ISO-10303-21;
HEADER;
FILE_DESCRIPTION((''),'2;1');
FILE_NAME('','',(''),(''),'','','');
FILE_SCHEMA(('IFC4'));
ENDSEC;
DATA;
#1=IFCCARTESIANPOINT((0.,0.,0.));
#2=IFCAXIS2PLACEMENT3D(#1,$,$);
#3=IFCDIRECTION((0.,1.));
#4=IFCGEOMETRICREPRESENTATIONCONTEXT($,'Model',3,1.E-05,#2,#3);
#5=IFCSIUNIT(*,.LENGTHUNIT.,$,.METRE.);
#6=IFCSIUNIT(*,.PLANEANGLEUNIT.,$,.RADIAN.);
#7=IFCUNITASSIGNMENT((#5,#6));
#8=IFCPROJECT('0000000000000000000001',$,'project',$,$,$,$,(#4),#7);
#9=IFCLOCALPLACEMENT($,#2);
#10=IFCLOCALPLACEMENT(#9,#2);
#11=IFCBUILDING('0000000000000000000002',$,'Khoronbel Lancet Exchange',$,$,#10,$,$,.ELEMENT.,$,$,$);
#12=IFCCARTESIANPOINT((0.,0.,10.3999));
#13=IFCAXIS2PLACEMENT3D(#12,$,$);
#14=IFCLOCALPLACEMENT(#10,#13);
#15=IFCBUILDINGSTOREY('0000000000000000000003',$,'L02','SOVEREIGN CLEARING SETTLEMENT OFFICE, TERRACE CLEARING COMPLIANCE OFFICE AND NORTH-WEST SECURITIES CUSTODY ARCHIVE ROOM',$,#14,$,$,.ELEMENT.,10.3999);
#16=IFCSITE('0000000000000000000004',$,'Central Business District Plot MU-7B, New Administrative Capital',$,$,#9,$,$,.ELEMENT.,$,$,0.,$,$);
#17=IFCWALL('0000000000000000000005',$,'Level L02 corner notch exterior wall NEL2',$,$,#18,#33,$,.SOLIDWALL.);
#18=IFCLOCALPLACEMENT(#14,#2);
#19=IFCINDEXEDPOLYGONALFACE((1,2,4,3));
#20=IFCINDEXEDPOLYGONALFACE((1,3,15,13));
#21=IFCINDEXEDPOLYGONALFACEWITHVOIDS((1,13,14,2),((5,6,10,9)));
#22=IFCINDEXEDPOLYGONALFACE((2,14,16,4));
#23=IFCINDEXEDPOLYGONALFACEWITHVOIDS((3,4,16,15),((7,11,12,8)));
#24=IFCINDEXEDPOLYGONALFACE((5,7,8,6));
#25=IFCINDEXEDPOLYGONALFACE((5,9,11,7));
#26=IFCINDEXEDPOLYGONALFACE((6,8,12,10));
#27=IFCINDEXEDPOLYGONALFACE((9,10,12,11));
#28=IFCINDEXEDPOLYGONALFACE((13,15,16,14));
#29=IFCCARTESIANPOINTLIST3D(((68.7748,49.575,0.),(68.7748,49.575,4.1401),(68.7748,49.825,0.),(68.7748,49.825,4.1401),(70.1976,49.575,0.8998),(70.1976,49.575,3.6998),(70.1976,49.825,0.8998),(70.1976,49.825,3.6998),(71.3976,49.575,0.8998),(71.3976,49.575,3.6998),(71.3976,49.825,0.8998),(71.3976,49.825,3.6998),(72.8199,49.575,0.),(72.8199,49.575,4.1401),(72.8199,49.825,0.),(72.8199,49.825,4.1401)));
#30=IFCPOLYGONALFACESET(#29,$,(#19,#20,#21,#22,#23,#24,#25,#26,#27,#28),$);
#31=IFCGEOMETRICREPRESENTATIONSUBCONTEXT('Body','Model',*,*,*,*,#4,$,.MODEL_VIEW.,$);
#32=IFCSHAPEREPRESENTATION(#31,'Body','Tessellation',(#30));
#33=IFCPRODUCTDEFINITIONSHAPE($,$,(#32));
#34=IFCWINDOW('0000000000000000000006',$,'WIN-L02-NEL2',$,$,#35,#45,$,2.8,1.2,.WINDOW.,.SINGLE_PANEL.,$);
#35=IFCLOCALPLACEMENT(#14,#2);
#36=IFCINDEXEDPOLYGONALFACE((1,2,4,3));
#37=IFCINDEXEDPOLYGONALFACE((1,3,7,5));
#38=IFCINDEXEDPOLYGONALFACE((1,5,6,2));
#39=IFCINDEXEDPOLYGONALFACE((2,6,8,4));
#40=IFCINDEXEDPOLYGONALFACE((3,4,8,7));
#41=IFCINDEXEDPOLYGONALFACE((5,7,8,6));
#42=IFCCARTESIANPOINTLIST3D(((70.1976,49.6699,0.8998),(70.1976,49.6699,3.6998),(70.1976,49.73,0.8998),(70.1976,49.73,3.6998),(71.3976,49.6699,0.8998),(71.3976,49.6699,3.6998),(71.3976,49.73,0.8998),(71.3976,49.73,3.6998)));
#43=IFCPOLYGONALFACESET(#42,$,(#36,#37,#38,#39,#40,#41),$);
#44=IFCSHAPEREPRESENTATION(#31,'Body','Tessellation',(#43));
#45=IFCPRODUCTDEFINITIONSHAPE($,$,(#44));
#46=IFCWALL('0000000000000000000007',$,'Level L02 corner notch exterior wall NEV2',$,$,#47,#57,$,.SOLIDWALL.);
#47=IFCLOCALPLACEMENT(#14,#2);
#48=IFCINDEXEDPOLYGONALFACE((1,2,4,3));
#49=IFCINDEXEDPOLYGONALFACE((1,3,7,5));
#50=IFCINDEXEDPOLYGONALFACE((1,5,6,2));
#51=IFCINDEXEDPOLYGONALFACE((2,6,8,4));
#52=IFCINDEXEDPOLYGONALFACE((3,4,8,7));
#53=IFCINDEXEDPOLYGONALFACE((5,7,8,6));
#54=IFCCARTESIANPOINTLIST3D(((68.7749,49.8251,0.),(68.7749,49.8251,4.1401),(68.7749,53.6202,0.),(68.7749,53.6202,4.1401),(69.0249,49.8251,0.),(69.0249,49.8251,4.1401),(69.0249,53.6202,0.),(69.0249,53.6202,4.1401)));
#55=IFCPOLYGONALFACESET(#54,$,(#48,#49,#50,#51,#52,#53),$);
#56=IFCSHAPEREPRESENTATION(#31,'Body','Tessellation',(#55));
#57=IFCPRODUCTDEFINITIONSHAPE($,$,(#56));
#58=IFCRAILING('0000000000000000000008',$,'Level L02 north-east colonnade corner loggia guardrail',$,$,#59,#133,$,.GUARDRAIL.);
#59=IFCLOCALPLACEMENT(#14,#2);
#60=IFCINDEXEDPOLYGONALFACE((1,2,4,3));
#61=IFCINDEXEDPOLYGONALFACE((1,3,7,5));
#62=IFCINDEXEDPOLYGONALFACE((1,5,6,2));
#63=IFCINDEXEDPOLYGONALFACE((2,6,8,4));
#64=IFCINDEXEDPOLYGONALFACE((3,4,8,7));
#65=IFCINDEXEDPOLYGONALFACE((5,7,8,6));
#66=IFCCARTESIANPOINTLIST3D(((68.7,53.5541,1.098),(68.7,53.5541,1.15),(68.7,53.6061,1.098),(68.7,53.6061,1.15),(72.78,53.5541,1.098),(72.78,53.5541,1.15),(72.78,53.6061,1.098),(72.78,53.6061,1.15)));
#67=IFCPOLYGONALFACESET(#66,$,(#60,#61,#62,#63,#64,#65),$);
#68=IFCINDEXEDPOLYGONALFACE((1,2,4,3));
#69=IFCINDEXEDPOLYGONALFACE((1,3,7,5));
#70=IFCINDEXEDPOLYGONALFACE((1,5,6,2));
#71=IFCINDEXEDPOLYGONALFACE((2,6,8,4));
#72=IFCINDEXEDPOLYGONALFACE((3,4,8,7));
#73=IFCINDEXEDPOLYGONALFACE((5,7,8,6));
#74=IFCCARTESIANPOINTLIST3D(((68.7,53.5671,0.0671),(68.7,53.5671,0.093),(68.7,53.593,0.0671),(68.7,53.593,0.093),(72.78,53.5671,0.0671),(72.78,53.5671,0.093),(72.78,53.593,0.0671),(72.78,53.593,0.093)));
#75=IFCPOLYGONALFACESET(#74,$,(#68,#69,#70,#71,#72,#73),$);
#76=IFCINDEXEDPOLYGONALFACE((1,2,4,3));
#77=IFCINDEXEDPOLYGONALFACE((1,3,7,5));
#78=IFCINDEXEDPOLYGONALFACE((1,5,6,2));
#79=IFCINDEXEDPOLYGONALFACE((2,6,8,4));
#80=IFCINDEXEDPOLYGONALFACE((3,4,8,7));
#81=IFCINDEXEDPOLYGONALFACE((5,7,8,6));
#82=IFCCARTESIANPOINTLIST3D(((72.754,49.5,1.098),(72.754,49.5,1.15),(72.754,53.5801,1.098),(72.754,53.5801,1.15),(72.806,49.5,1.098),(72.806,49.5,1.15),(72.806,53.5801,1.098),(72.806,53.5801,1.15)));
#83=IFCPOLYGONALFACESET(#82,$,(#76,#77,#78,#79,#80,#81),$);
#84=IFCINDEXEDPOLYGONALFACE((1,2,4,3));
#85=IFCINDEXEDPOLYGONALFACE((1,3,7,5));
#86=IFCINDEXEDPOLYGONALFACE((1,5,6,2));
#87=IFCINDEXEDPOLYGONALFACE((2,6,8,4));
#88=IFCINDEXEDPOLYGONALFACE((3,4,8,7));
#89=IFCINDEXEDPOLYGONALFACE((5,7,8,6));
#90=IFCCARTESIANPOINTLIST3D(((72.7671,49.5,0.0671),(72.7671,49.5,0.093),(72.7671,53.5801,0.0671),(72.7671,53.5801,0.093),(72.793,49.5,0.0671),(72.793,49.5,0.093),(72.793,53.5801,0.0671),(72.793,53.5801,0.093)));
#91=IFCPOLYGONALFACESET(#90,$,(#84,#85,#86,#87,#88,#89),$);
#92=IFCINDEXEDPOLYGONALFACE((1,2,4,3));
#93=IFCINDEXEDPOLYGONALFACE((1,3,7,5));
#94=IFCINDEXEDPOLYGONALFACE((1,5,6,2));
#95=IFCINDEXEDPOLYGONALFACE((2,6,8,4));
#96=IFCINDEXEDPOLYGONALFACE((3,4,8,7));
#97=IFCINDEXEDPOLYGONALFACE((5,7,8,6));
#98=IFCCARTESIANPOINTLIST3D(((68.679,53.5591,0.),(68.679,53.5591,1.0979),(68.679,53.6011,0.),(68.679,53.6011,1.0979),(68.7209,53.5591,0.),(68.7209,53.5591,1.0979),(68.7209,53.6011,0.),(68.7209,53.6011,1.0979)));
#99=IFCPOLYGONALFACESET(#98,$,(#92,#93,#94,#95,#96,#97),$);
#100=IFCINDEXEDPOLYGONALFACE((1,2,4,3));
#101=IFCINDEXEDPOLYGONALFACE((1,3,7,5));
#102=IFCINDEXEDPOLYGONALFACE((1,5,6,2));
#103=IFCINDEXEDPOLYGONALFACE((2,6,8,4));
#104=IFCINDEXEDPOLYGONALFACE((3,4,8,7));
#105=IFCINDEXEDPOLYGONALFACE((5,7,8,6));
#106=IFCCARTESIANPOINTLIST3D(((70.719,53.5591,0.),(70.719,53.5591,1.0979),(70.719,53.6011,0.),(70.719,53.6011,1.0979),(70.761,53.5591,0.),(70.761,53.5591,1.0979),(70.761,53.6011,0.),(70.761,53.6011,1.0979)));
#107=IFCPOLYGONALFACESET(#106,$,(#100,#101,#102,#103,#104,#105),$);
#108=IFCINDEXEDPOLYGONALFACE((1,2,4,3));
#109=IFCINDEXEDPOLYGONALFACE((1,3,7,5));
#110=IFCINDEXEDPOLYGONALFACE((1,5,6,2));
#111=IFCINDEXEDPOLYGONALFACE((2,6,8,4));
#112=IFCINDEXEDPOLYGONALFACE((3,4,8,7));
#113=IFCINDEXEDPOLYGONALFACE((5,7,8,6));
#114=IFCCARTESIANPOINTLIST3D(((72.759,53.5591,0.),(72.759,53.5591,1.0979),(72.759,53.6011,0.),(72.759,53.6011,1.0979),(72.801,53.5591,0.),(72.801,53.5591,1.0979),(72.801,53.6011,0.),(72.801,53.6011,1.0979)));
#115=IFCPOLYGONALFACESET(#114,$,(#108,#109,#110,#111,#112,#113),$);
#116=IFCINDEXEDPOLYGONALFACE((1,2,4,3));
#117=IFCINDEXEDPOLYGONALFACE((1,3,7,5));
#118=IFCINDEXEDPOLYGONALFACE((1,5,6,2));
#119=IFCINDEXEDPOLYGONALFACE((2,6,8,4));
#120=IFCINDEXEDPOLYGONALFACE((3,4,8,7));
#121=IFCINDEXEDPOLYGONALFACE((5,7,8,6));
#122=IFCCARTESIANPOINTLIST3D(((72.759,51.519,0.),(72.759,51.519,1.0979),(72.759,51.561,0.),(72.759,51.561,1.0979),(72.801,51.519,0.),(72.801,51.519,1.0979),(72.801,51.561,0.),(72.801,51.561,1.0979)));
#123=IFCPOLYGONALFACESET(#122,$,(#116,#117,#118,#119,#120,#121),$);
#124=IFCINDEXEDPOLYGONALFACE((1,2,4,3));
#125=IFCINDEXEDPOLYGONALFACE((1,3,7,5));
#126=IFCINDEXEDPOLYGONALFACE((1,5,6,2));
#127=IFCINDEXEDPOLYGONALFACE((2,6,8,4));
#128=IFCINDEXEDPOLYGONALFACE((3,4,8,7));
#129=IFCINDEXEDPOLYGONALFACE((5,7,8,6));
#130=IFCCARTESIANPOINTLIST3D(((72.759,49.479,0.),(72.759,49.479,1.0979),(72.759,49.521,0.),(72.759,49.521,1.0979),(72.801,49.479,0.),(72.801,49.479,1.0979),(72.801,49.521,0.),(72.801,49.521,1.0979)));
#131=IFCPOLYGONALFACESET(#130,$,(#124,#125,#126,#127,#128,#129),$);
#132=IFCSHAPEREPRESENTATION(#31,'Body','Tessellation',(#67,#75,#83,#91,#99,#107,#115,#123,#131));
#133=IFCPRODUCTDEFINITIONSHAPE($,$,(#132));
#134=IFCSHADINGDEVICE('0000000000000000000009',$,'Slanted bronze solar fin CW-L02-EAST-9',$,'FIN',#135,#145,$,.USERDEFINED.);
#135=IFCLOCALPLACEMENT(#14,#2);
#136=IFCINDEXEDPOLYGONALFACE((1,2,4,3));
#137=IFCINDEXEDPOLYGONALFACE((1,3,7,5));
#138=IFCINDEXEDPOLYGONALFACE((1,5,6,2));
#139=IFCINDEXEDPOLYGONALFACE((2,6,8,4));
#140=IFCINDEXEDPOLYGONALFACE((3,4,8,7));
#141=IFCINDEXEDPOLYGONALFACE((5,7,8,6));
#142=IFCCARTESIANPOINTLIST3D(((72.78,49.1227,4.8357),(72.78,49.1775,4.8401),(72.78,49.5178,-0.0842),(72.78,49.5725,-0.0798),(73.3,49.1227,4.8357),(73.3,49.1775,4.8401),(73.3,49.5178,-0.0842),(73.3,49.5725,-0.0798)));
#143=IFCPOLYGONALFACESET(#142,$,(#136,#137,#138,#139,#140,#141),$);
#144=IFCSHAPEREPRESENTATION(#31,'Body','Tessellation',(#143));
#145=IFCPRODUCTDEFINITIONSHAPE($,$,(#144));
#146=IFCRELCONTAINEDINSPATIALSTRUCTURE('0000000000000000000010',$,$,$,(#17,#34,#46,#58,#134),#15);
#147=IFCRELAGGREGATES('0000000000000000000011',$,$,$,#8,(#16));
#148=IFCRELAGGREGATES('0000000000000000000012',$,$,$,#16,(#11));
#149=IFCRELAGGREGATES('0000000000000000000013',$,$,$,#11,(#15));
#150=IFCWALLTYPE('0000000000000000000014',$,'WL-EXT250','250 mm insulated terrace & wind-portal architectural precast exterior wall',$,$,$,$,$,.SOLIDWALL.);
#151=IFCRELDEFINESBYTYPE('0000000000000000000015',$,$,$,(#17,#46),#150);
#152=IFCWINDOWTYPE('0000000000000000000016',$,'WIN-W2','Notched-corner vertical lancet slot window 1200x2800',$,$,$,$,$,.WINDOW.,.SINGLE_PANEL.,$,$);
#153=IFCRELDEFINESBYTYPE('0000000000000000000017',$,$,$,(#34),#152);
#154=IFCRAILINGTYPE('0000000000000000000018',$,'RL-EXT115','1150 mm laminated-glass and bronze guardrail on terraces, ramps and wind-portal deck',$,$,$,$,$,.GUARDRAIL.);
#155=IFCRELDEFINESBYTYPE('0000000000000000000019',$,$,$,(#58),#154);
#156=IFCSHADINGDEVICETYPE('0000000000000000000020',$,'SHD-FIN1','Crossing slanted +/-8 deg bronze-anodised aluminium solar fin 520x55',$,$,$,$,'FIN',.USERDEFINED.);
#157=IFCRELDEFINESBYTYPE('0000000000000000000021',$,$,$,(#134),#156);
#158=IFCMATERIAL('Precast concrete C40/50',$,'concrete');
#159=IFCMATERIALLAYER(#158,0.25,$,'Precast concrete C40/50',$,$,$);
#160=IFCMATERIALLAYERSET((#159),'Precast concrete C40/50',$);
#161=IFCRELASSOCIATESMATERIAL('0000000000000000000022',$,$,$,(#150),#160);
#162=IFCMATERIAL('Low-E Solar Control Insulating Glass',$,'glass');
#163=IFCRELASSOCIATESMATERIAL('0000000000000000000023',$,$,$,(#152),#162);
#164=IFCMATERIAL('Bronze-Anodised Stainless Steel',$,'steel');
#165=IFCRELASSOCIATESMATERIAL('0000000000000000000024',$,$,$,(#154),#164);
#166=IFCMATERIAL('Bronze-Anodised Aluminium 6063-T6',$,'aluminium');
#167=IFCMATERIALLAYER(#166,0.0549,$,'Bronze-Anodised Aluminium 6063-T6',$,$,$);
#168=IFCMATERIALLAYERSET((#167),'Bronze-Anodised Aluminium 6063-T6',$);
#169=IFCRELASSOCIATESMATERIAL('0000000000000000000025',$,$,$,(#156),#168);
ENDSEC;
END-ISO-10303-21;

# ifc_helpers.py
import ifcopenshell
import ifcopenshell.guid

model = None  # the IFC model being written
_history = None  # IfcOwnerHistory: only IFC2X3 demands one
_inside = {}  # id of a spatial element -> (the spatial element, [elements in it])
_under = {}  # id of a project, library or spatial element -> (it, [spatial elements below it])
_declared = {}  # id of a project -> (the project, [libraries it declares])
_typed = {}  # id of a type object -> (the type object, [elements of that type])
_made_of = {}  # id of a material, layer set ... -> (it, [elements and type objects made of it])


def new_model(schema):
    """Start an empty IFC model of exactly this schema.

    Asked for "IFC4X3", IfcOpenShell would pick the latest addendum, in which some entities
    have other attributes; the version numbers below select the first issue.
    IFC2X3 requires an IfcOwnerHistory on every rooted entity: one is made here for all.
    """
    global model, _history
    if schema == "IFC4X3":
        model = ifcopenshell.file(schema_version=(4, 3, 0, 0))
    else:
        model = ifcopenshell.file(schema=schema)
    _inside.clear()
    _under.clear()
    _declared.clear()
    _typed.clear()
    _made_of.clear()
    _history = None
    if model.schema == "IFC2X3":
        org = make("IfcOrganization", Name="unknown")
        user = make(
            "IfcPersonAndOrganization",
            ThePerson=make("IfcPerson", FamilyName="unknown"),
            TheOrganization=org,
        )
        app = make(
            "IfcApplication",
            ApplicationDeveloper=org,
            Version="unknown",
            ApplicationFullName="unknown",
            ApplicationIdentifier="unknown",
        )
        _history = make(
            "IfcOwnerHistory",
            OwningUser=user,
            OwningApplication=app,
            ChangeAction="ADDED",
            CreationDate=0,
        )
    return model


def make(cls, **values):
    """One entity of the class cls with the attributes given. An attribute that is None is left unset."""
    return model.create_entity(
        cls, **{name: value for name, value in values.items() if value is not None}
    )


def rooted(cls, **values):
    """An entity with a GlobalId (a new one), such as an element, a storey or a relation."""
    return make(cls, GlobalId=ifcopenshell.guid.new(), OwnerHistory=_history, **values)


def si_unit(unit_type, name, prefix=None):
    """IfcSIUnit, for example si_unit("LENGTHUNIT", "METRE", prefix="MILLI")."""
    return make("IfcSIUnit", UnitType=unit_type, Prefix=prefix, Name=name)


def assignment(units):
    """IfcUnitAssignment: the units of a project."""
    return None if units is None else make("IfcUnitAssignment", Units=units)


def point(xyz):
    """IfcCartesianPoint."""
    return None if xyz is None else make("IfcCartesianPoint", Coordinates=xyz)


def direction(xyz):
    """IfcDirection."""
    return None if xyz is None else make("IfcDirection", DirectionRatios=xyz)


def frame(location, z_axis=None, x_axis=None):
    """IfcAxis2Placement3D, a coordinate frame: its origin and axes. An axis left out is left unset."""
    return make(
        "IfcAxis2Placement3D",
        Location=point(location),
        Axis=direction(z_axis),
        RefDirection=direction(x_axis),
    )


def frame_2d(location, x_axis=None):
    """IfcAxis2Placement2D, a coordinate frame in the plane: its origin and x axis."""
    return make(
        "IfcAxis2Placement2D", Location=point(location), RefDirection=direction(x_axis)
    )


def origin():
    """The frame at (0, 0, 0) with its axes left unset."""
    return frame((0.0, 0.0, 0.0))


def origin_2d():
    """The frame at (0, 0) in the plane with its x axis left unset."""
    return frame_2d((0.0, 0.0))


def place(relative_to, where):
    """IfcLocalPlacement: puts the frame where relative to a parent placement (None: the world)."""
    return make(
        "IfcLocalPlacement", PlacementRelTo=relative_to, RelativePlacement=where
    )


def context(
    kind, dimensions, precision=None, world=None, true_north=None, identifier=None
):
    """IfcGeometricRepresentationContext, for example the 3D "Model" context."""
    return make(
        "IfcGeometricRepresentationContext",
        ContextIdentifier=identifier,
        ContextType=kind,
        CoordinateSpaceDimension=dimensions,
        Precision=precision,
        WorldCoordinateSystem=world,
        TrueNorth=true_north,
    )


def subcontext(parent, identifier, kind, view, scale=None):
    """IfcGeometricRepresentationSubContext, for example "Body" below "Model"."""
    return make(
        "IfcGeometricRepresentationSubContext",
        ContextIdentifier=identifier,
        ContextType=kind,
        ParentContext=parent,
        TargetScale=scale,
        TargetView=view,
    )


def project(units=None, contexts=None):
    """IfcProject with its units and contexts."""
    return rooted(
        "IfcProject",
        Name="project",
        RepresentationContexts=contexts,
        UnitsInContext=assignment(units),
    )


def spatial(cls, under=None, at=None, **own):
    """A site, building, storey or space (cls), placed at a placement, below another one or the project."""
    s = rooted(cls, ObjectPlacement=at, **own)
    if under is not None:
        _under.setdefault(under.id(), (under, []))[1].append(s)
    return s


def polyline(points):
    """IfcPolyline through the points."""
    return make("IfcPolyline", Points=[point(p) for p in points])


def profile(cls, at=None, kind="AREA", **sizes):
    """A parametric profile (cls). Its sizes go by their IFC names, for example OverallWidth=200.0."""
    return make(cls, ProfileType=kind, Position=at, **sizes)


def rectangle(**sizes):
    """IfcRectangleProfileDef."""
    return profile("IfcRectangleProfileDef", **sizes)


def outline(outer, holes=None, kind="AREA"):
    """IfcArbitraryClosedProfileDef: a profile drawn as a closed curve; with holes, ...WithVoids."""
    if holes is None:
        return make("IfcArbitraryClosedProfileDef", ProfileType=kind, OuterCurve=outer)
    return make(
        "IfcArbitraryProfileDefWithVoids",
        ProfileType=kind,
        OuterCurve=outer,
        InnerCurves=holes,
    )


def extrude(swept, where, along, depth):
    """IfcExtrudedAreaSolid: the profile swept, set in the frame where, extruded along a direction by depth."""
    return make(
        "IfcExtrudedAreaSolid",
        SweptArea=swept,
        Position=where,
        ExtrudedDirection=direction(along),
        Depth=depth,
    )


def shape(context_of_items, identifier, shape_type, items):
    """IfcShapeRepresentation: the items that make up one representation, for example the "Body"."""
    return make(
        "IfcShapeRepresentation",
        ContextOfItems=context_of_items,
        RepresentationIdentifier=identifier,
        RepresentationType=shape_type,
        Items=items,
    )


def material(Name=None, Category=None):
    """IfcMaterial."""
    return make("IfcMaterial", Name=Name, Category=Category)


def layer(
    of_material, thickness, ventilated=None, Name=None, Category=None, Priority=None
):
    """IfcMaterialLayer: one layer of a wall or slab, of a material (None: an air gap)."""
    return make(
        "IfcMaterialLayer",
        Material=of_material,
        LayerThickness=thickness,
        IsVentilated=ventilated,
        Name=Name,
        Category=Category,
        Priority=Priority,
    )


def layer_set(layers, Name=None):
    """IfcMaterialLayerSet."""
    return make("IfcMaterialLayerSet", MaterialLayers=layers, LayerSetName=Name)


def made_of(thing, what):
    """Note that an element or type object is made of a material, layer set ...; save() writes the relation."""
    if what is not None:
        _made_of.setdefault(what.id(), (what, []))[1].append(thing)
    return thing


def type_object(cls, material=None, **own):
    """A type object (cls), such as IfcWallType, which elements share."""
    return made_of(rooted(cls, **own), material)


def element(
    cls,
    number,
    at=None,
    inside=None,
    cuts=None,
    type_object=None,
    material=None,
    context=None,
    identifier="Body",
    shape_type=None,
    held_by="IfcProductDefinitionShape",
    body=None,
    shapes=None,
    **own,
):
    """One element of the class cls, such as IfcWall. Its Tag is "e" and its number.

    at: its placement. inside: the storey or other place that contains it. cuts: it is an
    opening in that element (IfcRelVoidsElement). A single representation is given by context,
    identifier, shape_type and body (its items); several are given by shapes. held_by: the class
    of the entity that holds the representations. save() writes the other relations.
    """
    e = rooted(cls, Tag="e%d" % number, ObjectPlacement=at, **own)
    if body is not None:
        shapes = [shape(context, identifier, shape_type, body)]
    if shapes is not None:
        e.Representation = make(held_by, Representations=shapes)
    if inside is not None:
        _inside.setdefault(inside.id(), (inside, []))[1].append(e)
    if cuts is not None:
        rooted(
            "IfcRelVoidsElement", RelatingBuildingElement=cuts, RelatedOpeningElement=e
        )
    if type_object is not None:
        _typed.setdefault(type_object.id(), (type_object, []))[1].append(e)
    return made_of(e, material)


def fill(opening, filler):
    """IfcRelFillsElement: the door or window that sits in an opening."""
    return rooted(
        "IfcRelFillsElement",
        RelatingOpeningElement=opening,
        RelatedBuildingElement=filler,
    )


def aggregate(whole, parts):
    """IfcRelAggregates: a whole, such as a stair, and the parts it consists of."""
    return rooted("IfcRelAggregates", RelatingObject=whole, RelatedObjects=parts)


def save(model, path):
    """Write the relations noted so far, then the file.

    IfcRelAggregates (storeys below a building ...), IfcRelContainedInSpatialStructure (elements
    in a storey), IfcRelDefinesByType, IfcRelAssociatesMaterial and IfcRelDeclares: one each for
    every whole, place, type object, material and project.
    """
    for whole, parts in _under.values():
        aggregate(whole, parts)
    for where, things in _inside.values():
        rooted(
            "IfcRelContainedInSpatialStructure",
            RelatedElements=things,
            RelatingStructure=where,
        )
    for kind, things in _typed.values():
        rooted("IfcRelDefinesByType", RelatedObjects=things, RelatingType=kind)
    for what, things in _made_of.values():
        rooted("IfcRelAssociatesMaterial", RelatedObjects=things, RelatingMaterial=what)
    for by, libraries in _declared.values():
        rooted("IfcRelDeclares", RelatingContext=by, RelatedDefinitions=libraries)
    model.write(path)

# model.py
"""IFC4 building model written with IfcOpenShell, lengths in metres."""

from ifc_helpers import new_model, si_unit, direction, frame, frame_2d, origin, origin_2d, place, context, subcontext, project, spatial, polyline, rectangle, outline, extrude, material, layer, layer_set, type_object, element, fill, save


model = new_model("IFC4")

# Units and contexts
model_context = context("Model", 3, precision=1e-05, world=origin(), true_north=direction((0.0, 1.0)))
body_context = subcontext(model_context, "Body", "Model", "MODEL_VIEW")
ifc_project = project(units=[si_unit("LENGTHUNIT", "METRE"), si_unit("PLANEANGLEUNIT", "RADIAN")], contexts=[model_context])

# Site, building, storey
site_placement = place(None, origin())
site = spatial("IfcSite", under=ifc_project, at=site_placement, Name="Central Business District Plot MU-7B, New Administrative Capital", CompositionType="ELEMENT", RefElevation=0.0)
building_placement = place(site_placement, origin())
building = spatial("IfcBuilding", under=site, at=building_placement, Name="Khoronbel Lancet Exchange", CompositionType="ELEMENT")
storey_placement = place(building_placement, frame((0.0, 0.0, 10.3999)))
storey = spatial("IfcBuildingStorey", under=building, at=storey_placement, Name="L02", Description="SOVEREIGN CLEARING SETTLEMENT OFFICE, TERRACE CLEARING COMPLIANCE OFFICE AND NORTH-WEST SECURITIES CUSTODY ARCHIVE ROOM", CompositionType="ELEMENT", Elevation=10.3999)

# Shared definitions
ifc_material_1 = material(Name="Low-E Solar Control Insulating Glass", Category="glass")
ifc_material_2 = material(Name="Bronze-Anodised Aluminium 6063-T6", Category="aluminium")

# Wall, opening, window
ifc_material_3 = material(Name="Precast concrete C40/50", Category="concrete")
ifc_layer_1 = layer(ifc_material_3, 0.25, Name="Precast concrete C40/50")
ifc_layer_set_1 = layer_set([ifc_layer_1], Name="Precast concrete C40/50")
wall_type = type_object("IfcWallType", Name="WL-EXT250", Description="250 mm insulated terrace & wind-portal architectural precast exterior wall", PredefinedType="SOLIDWALL", material=ifc_layer_set_1)
wall_1_placement = place(storey_placement, frame((68.7749, 49.7, 0.0), z_axis=(0.0, 0.0, 1.0), x_axis=(1.0, 0.0, 0.0)))
wall_1 = element("IfcWall", 1, at=wall_1_placement, inside=storey, type_object=wall_type, Name="Level L02 corner notch exterior wall NEL2", PredefinedType="SOLIDWALL", context=body_context, shape_type="SweptSolid", body=[
    extrude(rectangle(XDim=4.0452, YDim=0.25, at=frame_2d((2.0225, 0.0))), origin(), (0.0, 0.0, 1.0), 4.1401),
])
opening_placement = place(wall_1_placement, frame((1.4226, 0.0, 0.8999)))
opening = element("IfcOpeningElement", 2, at=opening_placement, cuts=wall_1, PredefinedType="OPENING", context=body_context, shape_type="SweptSolid", body=[
    extrude(rectangle(XDim=1.2, YDim=2.8, at=frame_2d((0.6001, 1.3999))), frame((0.0, 0.135, 0.0), z_axis=(0.0, -1.0, 0.0), x_axis=(1.0, 0.0, 0.0)), (0.0, 0.0, 1.0), 0.27),
])
window_type = type_object("IfcWindowType", Name="WIN-W2", Description="Notched-corner vertical lancet slot window 1200x2800", PartitioningType="SINGLE_PANEL", PredefinedType="WINDOW", material=ifc_material_1)
window_placement = place(opening_placement, origin())
window = element("IfcWindow", 3, at=window_placement, inside=storey, type_object=window_type, Name="WIN-L02-NEL2", OverallHeight=2.8, OverallWidth=1.2, PartitioningType="SINGLE_PANEL", PredefinedType="WINDOW", context=body_context, shape_type="SweptSolid", body=[
    extrude(rectangle(XDim=1.2, YDim=2.8, at=frame_2d((0.6001, 1.3999))), frame((0.0, 0.03, 0.0), z_axis=(0.0, -1.0, 0.0), x_axis=(1.0, 0.0, 0.0)), (0.0, 0.0, 1.0), 0.0601),
])
fill(opening, window)

# Wall
wall_2_placement = place(storey_placement, frame((68.8999, 53.6201, 0.0), z_axis=(0.0, 0.0, 1.0), x_axis=(0.0, -1.0, 0.0)))
element("IfcWall", 4, at=wall_2_placement, inside=storey, type_object=wall_type, Name="Level L02 corner notch exterior wall NEV2", PredefinedType="SOLIDWALL", context=body_context, shape_type="SweptSolid", body=[
    extrude(rectangle(XDim=3.7952, YDim=0.25, at=frame_2d((1.8975, 0.0))), origin(), (0.0, 0.0, 1.0), 4.1401),
])

# Railing
ifc_material_4 = material(Name="Bronze-Anodised Stainless Steel", Category="steel")
railing_type = type_object("IfcRailingType", Name="RL-EXT115", Description="1150 mm laminated-glass and bronze guardrail on terraces, ramps and wind-portal deck", PredefinedType="GUARDRAIL", material=ifc_material_4)
railing_placement = place(storey_placement, frame((68.7, 53.5801, 0.0)))
element("IfcRailing", 5, at=railing_placement, inside=storey, type_object=railing_type, Name="Level L02 north-east colonnade corner loggia guardrail", PredefinedType="GUARDRAIL", context=body_context, shape_type="SweptSolid", body=[
    extrude(rectangle(XDim=0.052, YDim=0.052, at=origin_2d()), frame((0.0, 0.0, 1.124), z_axis=(1.0, 0.0, 0.0), x_axis=(0.0, 1.0, 0.0)), (0.0, 0.0, 1.0), 4.0801),
    extrude(rectangle(XDim=0.0259, YDim=0.0259, at=origin_2d()), frame((0.0, 0.0, 0.0801), z_axis=(1.0, 0.0, 0.0), x_axis=(0.0, 1.0, 0.0)), (0.0, 0.0, 1.0), 4.0801),
    extrude(rectangle(XDim=0.052, YDim=0.052, at=origin_2d()), frame((4.0801, 0.0, 1.124), z_axis=(0.0, -1.0, 0.0), x_axis=(1.0, 0.0, 0.0)), (0.0, 0.0, 1.0), 4.0801),
    extrude(rectangle(XDim=0.0259, YDim=0.0259, at=origin_2d()), frame((4.0801, 0.0, 0.0801), z_axis=(0.0, -1.0, 0.0), x_axis=(1.0, 0.0, 0.0)), (0.0, 0.0, 1.0), 4.0801),
    extrude(rectangle(XDim=0.042, YDim=0.042, at=origin_2d()), origin(), (0.0, 0.0, 1.0), 1.0979),
    extrude(rectangle(XDim=0.042, YDim=0.042, at=origin_2d()), frame((2.04, 0.0, 0.0)), (0.0, 0.0, 1.0), 1.0979),
    extrude(rectangle(XDim=0.042, YDim=0.042, at=origin_2d()), frame((4.0801, 0.0, 0.0)), (0.0, 0.0, 1.0), 1.0979),
    extrude(rectangle(XDim=0.042, YDim=0.042, at=origin_2d()), frame((4.0801, -2.04, 0.0)), (0.0, 0.0, 1.0), 1.0979),
    extrude(rectangle(XDim=0.042, YDim=0.042, at=origin_2d()), frame((4.0801, -4.0801, 0.0)), (0.0, 0.0, 1.0), 1.0979),
])

# Shading device
ifc_layer_2 = layer(ifc_material_2, 0.0549, Name="Bronze-Anodised Aluminium 6063-T6")
ifc_layer_set_2 = layer_set([ifc_layer_2], Name="Bronze-Anodised Aluminium 6063-T6")
shading_device_type = type_object("IfcShadingDeviceType", Name="SHD-FIN1", Description="Crossing slanted +/-8 deg bronze-anodised aluminium solar fin 520x55", ElementType="FIN", PredefinedType="USERDEFINED", material=ifc_layer_set_2)
shading_device_placement = place(storey_placement, frame((72.78, 49.5725, -0.0798), z_axis=(0.0, 0.996792, 0.080032), x_axis=(1.0, 0.0, 0.0)))
element("IfcShadingDevice", 6, at=shading_device_placement, inside=storey, type_object=shading_device_type, Name="Slanted bronze solar fin CW-L02-EAST-9", ObjectType="FIN", PredefinedType="USERDEFINED", context=body_context, shape_type="SweptSolid", body=[
    extrude(outline(polyline([(0.0, 0.0), (0.52, 0.0), (0.52, -4.9358), (0.0, -4.9358), (0.0, 0.0)])), origin(), (0.0, 0.0, -1.0), 0.0549),
])

save(model, "model.ifc")
